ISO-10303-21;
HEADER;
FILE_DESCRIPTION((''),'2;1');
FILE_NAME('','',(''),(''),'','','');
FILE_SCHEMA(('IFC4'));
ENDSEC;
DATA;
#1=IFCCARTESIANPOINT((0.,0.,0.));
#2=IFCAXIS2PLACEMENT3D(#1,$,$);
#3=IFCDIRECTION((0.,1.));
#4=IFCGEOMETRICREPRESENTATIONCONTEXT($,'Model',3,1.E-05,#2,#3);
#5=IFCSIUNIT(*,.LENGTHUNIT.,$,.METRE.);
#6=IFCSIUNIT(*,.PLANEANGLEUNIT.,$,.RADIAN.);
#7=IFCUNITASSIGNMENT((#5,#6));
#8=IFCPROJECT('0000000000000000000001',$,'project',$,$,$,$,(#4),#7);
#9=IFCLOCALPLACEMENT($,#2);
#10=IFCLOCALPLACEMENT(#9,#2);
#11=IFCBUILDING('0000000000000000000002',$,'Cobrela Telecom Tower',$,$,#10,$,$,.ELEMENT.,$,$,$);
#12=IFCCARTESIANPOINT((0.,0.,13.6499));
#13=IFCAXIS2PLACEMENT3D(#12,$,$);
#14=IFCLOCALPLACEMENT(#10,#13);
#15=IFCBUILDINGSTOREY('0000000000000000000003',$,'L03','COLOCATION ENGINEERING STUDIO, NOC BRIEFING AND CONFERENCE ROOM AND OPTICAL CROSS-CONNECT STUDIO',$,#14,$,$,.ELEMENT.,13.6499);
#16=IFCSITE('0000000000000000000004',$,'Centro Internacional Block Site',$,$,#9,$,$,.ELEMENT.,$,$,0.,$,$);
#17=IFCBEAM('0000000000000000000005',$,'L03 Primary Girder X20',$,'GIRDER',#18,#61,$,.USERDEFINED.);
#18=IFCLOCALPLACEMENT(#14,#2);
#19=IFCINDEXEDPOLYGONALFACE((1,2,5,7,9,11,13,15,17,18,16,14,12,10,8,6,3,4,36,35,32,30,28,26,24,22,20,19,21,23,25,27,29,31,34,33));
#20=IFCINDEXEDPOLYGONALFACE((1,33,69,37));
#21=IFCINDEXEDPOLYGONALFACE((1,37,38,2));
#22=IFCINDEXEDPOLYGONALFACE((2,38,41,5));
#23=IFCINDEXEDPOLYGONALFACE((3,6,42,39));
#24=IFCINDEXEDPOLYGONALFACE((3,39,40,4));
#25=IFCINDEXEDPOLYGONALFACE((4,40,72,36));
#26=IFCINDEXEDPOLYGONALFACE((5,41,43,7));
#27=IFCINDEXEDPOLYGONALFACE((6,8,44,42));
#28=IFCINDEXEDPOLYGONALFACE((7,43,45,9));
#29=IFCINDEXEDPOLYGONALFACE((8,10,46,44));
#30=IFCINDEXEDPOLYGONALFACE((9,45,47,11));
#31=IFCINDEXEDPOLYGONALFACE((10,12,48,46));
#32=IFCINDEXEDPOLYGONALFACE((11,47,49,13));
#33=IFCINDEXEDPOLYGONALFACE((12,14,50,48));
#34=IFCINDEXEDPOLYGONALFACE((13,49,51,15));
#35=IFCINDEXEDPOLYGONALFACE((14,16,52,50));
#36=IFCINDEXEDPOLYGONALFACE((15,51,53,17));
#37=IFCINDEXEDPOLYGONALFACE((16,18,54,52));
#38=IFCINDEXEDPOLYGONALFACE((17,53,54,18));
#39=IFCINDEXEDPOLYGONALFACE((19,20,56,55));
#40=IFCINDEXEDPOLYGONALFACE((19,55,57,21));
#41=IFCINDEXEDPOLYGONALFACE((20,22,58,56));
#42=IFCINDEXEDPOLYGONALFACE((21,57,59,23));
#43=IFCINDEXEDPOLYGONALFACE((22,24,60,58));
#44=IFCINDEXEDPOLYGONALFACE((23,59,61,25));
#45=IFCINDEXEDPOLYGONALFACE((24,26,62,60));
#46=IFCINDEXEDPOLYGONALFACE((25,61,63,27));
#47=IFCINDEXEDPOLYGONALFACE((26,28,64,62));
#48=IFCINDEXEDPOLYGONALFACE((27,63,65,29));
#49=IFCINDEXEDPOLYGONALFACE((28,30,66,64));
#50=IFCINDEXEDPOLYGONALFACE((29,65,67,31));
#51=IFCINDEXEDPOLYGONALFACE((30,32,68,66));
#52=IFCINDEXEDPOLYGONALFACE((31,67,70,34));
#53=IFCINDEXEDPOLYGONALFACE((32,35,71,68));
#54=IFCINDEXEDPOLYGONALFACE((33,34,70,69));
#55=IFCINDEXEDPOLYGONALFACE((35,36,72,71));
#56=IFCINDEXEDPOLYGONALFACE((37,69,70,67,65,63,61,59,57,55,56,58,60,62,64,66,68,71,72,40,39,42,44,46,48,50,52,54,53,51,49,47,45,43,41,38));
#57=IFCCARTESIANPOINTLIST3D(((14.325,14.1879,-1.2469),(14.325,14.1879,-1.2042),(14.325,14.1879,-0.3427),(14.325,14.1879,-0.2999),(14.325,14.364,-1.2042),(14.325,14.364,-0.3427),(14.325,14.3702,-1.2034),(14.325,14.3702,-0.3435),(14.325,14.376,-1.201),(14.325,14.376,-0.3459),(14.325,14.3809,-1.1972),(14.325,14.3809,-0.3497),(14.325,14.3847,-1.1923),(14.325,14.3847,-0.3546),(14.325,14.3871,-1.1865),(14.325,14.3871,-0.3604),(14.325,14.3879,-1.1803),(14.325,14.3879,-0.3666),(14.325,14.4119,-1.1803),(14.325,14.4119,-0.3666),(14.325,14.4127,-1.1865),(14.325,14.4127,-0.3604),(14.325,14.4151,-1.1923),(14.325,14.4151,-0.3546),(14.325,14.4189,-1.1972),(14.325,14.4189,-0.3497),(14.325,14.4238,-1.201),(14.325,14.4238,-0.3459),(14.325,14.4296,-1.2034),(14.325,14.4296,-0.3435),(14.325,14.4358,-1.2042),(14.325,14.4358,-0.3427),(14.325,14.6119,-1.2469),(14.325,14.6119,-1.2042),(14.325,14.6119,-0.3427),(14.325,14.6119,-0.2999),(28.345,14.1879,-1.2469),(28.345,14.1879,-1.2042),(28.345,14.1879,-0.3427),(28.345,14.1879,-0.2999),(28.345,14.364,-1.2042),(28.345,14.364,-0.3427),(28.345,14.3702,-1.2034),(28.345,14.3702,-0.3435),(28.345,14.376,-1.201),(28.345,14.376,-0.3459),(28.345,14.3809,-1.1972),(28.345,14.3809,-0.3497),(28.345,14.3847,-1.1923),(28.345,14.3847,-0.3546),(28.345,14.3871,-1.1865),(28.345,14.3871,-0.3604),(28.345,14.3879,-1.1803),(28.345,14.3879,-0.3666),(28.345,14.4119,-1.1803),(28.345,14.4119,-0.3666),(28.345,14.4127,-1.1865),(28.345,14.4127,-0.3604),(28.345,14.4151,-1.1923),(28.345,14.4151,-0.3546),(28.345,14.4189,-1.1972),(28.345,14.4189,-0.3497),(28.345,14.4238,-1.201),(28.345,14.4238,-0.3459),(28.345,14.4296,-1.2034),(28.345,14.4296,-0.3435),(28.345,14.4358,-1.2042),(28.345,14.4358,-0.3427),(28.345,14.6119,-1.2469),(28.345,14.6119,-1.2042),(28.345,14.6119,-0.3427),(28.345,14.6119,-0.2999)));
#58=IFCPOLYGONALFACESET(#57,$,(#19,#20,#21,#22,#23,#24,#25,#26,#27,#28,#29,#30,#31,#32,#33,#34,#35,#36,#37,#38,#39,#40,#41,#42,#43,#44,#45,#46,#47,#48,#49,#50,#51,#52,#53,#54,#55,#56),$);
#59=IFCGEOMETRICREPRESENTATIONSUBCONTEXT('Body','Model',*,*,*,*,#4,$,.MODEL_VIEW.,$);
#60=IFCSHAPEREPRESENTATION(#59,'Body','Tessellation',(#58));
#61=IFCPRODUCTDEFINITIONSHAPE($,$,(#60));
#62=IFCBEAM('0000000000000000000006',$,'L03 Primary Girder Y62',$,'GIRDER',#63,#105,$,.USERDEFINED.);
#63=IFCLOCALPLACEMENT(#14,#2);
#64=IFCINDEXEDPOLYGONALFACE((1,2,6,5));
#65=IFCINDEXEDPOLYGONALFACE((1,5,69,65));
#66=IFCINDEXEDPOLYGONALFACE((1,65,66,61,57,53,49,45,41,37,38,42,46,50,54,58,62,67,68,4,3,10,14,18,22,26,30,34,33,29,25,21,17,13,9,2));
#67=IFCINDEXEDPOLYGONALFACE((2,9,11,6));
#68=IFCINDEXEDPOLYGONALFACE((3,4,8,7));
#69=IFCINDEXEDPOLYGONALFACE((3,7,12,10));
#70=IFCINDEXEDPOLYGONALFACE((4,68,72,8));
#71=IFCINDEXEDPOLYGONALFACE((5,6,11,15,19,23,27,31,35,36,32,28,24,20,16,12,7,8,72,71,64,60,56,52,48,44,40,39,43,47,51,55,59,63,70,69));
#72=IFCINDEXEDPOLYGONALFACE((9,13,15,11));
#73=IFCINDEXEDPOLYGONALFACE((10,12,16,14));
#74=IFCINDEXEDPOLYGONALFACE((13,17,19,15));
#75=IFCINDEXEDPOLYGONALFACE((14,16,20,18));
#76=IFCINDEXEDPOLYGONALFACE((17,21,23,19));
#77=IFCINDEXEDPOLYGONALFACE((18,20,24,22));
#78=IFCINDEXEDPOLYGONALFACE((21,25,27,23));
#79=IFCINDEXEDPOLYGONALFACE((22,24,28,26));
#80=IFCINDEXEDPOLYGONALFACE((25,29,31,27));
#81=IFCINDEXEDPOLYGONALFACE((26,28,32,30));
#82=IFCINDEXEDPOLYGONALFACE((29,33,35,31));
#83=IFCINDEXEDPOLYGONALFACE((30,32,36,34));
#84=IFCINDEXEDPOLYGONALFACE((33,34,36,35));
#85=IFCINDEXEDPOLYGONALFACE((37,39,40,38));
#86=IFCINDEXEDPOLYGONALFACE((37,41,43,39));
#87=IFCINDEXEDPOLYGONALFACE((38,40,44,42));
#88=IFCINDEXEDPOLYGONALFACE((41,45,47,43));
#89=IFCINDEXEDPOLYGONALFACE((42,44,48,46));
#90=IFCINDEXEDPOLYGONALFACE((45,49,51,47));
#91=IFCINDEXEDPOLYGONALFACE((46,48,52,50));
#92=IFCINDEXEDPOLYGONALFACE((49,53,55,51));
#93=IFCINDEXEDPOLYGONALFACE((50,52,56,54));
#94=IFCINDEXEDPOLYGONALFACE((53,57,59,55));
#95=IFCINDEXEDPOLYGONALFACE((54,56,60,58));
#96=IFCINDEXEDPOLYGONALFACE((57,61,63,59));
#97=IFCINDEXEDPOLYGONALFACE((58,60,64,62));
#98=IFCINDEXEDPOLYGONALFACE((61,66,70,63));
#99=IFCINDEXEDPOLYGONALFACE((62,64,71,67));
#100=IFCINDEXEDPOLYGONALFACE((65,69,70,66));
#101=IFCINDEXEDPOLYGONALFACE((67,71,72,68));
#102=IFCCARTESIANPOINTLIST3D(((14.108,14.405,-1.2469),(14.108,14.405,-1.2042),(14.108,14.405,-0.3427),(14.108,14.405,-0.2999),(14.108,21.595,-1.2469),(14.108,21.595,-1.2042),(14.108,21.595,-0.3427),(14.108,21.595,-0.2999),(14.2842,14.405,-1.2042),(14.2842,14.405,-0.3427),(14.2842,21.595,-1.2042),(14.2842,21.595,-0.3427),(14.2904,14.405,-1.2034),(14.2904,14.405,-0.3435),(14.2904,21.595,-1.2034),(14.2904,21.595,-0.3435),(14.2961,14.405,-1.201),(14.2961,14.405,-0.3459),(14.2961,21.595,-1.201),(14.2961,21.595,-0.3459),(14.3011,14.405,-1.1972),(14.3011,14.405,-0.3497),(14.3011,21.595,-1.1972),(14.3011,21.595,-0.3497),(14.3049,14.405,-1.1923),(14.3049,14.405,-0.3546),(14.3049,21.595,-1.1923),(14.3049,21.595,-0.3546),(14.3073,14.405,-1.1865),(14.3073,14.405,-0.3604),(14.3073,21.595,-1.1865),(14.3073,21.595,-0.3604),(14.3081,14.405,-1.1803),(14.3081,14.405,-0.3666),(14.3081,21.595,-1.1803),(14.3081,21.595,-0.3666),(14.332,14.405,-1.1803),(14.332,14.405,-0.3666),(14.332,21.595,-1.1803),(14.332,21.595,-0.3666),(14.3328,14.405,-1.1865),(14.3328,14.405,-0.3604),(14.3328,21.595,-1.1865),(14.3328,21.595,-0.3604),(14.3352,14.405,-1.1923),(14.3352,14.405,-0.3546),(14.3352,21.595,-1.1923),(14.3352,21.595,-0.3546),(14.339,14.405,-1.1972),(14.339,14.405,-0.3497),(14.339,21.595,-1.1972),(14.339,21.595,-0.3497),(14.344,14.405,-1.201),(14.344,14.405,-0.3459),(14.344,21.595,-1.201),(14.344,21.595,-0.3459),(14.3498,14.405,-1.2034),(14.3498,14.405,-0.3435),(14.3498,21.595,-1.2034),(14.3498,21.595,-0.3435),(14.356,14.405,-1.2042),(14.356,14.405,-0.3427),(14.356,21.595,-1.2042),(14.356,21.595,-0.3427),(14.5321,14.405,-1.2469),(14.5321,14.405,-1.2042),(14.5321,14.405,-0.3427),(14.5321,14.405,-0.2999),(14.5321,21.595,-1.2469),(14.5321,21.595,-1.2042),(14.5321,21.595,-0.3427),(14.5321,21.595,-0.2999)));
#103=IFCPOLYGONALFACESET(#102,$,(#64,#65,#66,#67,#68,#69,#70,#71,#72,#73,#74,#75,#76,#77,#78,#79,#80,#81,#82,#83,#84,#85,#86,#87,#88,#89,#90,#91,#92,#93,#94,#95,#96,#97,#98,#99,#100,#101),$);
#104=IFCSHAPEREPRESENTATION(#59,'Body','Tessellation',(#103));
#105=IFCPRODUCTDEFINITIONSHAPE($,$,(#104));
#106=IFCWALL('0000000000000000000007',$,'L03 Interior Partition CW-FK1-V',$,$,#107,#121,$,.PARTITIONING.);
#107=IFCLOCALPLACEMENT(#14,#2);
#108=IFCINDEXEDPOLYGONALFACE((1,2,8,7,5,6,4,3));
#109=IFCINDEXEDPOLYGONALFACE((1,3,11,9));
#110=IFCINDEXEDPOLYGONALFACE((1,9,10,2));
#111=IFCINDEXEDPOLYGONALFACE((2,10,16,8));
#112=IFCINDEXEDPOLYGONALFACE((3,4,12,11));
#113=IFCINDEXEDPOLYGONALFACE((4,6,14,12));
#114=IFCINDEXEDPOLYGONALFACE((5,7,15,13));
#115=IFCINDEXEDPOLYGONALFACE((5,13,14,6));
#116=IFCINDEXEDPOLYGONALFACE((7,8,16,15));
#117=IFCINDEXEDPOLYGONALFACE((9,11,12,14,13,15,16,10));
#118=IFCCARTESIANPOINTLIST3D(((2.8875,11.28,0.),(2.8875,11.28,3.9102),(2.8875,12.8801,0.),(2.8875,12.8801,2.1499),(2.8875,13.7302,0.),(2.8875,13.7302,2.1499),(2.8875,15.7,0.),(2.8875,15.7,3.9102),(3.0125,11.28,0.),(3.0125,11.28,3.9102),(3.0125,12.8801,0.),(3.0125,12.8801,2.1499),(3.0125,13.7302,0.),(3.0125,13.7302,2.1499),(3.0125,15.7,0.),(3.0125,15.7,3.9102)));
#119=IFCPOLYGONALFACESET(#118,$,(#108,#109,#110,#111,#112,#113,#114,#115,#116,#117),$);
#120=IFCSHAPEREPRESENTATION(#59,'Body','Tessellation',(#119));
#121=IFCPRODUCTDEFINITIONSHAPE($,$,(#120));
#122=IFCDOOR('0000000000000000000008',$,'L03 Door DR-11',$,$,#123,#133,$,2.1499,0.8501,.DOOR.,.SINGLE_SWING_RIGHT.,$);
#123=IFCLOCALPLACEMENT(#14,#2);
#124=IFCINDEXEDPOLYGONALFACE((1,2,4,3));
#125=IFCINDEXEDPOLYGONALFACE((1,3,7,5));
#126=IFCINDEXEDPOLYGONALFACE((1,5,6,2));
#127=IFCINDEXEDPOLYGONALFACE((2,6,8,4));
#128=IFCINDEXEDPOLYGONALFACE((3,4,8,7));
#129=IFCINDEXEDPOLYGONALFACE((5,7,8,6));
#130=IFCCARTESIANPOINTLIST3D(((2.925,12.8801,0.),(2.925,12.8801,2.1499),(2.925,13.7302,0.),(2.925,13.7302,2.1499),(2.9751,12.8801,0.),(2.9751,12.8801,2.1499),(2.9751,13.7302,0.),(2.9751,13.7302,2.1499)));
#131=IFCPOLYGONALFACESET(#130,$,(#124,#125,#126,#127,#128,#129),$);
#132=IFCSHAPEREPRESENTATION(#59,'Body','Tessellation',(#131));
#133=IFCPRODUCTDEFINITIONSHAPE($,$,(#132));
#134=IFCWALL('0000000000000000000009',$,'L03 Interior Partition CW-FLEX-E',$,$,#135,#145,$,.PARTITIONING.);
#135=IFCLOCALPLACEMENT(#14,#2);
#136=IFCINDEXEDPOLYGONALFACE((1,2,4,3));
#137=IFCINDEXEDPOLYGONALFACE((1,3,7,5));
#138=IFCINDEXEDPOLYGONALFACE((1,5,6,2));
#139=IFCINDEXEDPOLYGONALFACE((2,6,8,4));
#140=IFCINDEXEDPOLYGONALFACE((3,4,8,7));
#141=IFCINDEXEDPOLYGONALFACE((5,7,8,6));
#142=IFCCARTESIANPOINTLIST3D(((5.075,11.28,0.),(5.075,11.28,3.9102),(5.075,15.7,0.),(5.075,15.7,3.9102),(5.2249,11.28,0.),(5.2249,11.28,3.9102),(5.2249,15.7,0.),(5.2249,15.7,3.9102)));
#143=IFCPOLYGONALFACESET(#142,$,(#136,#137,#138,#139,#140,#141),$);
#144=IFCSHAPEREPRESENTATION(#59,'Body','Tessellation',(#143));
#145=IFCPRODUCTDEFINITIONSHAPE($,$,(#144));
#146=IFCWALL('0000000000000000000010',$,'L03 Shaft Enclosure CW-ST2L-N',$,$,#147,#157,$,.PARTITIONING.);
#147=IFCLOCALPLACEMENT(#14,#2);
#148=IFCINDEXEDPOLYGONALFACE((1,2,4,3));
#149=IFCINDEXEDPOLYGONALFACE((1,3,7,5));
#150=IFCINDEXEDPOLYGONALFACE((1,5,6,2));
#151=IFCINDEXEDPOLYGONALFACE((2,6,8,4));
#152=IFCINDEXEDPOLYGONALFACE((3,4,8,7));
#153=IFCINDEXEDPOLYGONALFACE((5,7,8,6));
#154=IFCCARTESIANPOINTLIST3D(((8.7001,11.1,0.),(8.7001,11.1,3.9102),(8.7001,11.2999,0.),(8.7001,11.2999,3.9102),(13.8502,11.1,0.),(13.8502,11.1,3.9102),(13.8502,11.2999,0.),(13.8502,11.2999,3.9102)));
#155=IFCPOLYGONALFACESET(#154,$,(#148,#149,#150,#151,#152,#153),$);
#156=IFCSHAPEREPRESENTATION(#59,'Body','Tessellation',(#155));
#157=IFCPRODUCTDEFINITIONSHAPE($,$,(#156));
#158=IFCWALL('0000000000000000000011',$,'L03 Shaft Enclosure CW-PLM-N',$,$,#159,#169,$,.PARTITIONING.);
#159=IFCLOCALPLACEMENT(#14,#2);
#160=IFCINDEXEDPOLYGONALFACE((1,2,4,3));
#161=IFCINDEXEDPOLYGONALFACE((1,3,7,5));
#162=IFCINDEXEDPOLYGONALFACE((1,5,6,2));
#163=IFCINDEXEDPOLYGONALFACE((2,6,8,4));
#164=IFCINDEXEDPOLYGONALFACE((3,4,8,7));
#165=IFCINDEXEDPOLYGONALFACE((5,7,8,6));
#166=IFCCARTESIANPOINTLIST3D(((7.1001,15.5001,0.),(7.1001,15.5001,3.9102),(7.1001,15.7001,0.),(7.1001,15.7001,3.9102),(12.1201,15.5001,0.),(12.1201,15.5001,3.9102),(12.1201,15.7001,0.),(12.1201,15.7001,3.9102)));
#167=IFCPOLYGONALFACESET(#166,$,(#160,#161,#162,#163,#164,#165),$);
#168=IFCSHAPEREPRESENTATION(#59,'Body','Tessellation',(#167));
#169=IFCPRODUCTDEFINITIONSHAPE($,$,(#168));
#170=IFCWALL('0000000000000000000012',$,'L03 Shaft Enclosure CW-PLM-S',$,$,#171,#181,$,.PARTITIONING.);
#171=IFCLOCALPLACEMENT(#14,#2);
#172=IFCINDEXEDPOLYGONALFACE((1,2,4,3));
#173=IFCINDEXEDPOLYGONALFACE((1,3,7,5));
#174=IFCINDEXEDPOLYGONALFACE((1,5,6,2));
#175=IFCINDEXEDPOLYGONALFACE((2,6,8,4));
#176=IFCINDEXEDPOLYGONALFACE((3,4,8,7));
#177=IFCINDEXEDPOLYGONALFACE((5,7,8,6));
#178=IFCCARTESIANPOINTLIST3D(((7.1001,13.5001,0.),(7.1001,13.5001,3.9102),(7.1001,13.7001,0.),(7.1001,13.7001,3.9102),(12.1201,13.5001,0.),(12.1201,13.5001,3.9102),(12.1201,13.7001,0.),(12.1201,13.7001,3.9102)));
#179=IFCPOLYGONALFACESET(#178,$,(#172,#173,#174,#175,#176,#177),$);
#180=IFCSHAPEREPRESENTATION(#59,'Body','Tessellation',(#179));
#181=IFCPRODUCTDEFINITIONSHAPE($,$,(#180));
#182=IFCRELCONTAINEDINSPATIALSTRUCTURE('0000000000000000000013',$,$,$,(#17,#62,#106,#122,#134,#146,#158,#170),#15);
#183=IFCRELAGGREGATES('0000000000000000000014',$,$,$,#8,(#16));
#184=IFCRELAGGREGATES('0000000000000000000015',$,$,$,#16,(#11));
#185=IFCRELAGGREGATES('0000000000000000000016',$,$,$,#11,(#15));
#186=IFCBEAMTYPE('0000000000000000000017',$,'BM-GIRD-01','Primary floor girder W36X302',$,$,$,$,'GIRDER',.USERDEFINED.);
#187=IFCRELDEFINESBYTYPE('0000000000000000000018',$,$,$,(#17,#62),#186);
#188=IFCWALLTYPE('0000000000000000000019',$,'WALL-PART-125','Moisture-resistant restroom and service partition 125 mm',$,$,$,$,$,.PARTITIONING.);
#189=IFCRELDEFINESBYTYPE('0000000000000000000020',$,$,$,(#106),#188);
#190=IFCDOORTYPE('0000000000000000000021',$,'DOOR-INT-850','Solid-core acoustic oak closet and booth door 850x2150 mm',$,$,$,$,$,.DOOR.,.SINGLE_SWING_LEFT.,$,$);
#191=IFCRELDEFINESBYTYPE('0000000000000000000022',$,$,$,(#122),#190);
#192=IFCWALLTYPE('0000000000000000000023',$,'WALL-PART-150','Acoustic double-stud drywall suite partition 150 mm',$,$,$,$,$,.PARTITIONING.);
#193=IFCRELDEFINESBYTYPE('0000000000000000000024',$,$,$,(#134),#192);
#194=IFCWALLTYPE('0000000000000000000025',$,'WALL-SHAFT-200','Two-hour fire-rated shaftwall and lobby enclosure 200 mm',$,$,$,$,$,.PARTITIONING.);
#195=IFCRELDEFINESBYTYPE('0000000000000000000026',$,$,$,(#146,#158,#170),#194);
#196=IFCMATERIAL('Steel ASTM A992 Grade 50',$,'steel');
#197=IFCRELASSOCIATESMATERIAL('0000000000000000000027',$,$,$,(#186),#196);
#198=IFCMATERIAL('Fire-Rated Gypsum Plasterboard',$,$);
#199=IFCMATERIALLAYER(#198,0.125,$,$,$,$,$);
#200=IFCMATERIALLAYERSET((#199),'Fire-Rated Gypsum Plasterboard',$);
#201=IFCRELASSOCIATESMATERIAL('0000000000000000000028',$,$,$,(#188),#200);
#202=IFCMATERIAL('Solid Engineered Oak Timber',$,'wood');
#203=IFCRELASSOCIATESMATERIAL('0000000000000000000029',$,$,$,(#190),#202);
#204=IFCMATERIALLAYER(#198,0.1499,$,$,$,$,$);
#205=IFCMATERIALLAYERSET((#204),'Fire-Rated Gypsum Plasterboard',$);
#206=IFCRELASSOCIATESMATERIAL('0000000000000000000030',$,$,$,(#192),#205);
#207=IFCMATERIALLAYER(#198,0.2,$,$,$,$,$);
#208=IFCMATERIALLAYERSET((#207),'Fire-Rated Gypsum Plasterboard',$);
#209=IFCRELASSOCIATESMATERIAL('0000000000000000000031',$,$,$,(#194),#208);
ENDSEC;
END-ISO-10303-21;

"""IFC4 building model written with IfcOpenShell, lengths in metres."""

from ifc_helpers import new_model, si_unit, direction, frame, frame_2d, origin, origin_2d, place, context, subcontext, project, spatial, rectangle, i_section, extrude, material, layer, layer_set, material_profile, profile_set, type_object, element, fill, save


model = new_model("IFC4")

# Units and contexts
model_context = context("Model", 3, precision=1e-05, world=origin(), true_north=direction((0.0, 1.0)))
body_context = subcontext(model_context, "Body", "Model", "MODEL_VIEW")
ifc_project = project(units=[si_unit("LENGTHUNIT", "METRE"), si_unit("PLANEANGLEUNIT", "RADIAN")], contexts=[model_context])

# Site, building, storey
site_placement = place(None, origin())
site = spatial("IfcSite", under=ifc_project, at=site_placement, Name="Centro Internacional Block Site", CompositionType="ELEMENT", RefElevation=0.0)
building_placement = place(site_placement, origin())
building = spatial("IfcBuilding", under=site, at=building_placement, Name="Cobrela Telecom Tower", CompositionType="ELEMENT")
storey_placement = place(building_placement, frame((0.0, 0.0, 13.6499)))
storey = spatial("IfcBuildingStorey", under=building, at=storey_placement, Name="L03", Description="COLOCATION ENGINEERING STUDIO, NOC BRIEFING AND CONFERENCE ROOM AND OPTICAL CROSS-CONNECT STUDIO", CompositionType="ELEMENT", Elevation=13.6499)

# Beams
ifc_material_1 = material(Name="Steel ASTM A992 Grade 50", Category="steel")
ifc_material_profile = material_profile(ifc_material_1, i_section(OverallWidth=0.4241, OverallDepth=0.947, WebThickness=0.0239, FlangeThickness=0.0427, FilletRadius=0.0239, at=origin_2d()), Name="W36X302")
ifc_profile_set = profile_set([ifc_material_profile], Name="Steel ASTM A992 Grade 50")
beam_type = type_object("IfcBeamType", Name="BM-GIRD-01", Description="Primary floor girder W36X302", ElementType="GIRDER", PredefinedType="USERDEFINED", material=ifc_profile_set)
beam_1_placement = place(storey_placement, frame((14.325, 14.3999, -0.7734), z_axis=(1.0, 0.0, 0.0), x_axis=(0.0, 1.0, 0.0)))
element("IfcBeam", 1, at=beam_1_placement, inside=storey, type_object=beam_type, Name="L03 Primary Girder X20", ObjectType="GIRDER", PredefinedType="USERDEFINED", context=body_context, shape_type="SweptSolid", body=[
    extrude(i_section(OverallWidth=0.4241, OverallDepth=0.947, WebThickness=0.0239, FlangeThickness=0.0427, FilletRadius=0.0239, at=origin_2d()), origin(), (0.0, 0.0, 1.0), 14.02),
])
beam_2_placement = place(storey_placement, frame((14.3201, 14.405, -0.7734), z_axis=(0.0, 1.0, 0.0), x_axis=(-1.0, 0.0, 0.0)))
element("IfcBeam", 2, at=beam_2_placement, inside=storey, type_object=beam_type, Name="L03 Primary Girder Y62", ObjectType="GIRDER", PredefinedType="USERDEFINED", context=body_context, shape_type="SweptSolid", body=[
    extrude(i_section(OverallWidth=0.4241, OverallDepth=0.947, WebThickness=0.0239, FlangeThickness=0.0427, FilletRadius=0.0239, at=origin_2d()), origin(), (0.0, 0.0, 1.0), 7.1899),
])

# Wall, opening, door
ifc_material_2 = material(Name="Fire-Rated Gypsum Plasterboard")
ifc_layer_1 = layer(ifc_material_2, 0.125)
ifc_layer_set_1 = layer_set([ifc_layer_1], Name="Fire-Rated Gypsum Plasterboard")
wall_type_1 = type_object("IfcWallType", Name="WALL-PART-125", Description="Moisture-resistant restroom and service partition 125 mm", PredefinedType="PARTITIONING", material=ifc_layer_set_1)
wall_1_placement = place(storey_placement, frame((2.95, 11.28, 0.0), z_axis=(0.0, 0.0, 1.0), x_axis=(0.0, 1.0, 0.0)))
wall_1 = element("IfcWall", 3, at=wall_1_placement, inside=storey, type_object=wall_type_1, Name="L03 Interior Partition CW-FK1-V", PredefinedType="PARTITIONING", context=body_context, shape_type="SweptSolid", body=[
    extrude(rectangle(XDim=4.4199, YDim=0.125, at=frame_2d((2.21, 0.0))), origin(), (0.0, 0.0, 1.0), 3.9102),
])
opening_1_placement = place(wall_1_placement, frame((1.6001, 0.0, 0.0)))
opening_1 = element("IfcOpeningElement", 4, at=opening_1_placement, cuts=wall_1, PredefinedType="OPENING", context=body_context, shape_type="SweptSolid", body=[
    extrude(rectangle(XDim=0.8501, YDim=2.1499, at=frame_2d((0.425, 1.075))), frame((0.0, 0.0745, 0.0), z_axis=(0.0, -1.0, 0.0), x_axis=(1.0, 0.0, 0.0)), (0.0, 0.0, 1.0), 0.1489),
])
ifc_material_3 = material(Name="Solid Engineered Oak Timber", Category="wood")
door_type = type_object("IfcDoorType", Name="DOOR-INT-850", Description="Solid-core acoustic oak closet and booth door 850x2150 mm", OperationType="SINGLE_SWING_LEFT", PredefinedType="DOOR", material=ifc_material_3)
door_1_placement = place(opening_1_placement, origin())
door_1 = element("IfcDoor", 5, at=door_1_placement, inside=storey, type_object=door_type, Name="L03 Door DR-11", OperationType="SINGLE_SWING_RIGHT", OverallHeight=2.1499, OverallWidth=0.8501, PredefinedType="DOOR", context=body_context, shape_type="SweptSolid", body=[
    extrude(rectangle(XDim=0.8501, YDim=2.1499, at=frame_2d((0.425, 1.075))), frame((0.0, 0.0249, 0.0), z_axis=(0.0, -1.0, 0.0), x_axis=(1.0, 0.0, 0.0)), (0.0, 0.0, 1.0), 0.05),
])
fill(opening_1, door_1)

# Walls
ifc_layer_2 = layer(ifc_material_2, 0.1499)
ifc_layer_set_2 = layer_set([ifc_layer_2], Name="Fire-Rated Gypsum Plasterboard")
wall_type_2 = type_object("IfcWallType", Name="WALL-PART-150", Description="Acoustic double-stud drywall suite partition 150 mm", PredefinedType="PARTITIONING", material=ifc_layer_set_2)
wall_2_placement = place(storey_placement, frame((5.1499, 11.28, 0.0), z_axis=(0.0, 0.0, 1.0), x_axis=(0.0, 1.0, 0.0)))
element("IfcWall", 6, at=wall_2_placement, inside=storey, type_object=wall_type_2, Name="L03 Interior Partition CW-FLEX-E", PredefinedType="PARTITIONING", context=body_context, shape_type="SweptSolid", body=[
    extrude(rectangle(XDim=4.4199, YDim=0.1499, at=frame_2d((2.21, 0.0))), origin(), (0.0, 0.0, 1.0), 3.9102),
])
ifc_layer_3 = layer(ifc_material_2, 0.2)
ifc_layer_set_3 = layer_set([ifc_layer_3], Name="Fire-Rated Gypsum Plasterboard")
wall_type_3 = type_object("IfcWallType", Name="WALL-SHAFT-200", Description="Two-hour fire-rated shaftwall and lobby enclosure 200 mm", PredefinedType="PARTITIONING", material=ifc_layer_set_3)
wall_3_placement = place(storey_placement, frame((8.7, 11.2, 0.0), z_axis=(0.0, 0.0, 1.0), x_axis=(1.0, 0.0, 0.0)))
element("IfcWall", 7, at=wall_3_placement, inside=storey, type_object=wall_type_3, Name="L03 Shaft Enclosure CW-ST2L-N", PredefinedType="PARTITIONING", context=body_context, shape_type="SweptSolid", body=[
    extrude(rectangle(XDim=5.1501, YDim=0.2, at=frame_2d((2.5752, 0.0))), origin(), (0.0, 0.0, 1.0), 3.9102),
])
for number, where, z_axis, x_axis, name in (
    (8, (7.1001, 15.6001, 0.0), (0.0, 0.0, 1.0), (1.0, 0.0, 0.0), "L03 Shaft Enclosure CW-PLM-N"),
    (9, (7.1001, 13.6001, 0.0), (0.0, 0.0, 1.0), (1.0, 0.0, 0.0), "L03 Shaft Enclosure CW-PLM-S"),
):
    element("IfcWall", number, at=place(storey_placement, frame(where, z_axis=z_axis, x_axis=x_axis)), inside=storey, type_object=wall_type_3, Name=name, PredefinedType="PARTITIONING", context=body_context, shape_type="SweptSolid", body=[
        extrude(rectangle(XDim=5.02, YDim=0.2, at=frame_2d((2.51, 0.0))), origin(), (0.0, 0.0, 1.0), 3.9102),
    ])

save(model, "model.ifc")
